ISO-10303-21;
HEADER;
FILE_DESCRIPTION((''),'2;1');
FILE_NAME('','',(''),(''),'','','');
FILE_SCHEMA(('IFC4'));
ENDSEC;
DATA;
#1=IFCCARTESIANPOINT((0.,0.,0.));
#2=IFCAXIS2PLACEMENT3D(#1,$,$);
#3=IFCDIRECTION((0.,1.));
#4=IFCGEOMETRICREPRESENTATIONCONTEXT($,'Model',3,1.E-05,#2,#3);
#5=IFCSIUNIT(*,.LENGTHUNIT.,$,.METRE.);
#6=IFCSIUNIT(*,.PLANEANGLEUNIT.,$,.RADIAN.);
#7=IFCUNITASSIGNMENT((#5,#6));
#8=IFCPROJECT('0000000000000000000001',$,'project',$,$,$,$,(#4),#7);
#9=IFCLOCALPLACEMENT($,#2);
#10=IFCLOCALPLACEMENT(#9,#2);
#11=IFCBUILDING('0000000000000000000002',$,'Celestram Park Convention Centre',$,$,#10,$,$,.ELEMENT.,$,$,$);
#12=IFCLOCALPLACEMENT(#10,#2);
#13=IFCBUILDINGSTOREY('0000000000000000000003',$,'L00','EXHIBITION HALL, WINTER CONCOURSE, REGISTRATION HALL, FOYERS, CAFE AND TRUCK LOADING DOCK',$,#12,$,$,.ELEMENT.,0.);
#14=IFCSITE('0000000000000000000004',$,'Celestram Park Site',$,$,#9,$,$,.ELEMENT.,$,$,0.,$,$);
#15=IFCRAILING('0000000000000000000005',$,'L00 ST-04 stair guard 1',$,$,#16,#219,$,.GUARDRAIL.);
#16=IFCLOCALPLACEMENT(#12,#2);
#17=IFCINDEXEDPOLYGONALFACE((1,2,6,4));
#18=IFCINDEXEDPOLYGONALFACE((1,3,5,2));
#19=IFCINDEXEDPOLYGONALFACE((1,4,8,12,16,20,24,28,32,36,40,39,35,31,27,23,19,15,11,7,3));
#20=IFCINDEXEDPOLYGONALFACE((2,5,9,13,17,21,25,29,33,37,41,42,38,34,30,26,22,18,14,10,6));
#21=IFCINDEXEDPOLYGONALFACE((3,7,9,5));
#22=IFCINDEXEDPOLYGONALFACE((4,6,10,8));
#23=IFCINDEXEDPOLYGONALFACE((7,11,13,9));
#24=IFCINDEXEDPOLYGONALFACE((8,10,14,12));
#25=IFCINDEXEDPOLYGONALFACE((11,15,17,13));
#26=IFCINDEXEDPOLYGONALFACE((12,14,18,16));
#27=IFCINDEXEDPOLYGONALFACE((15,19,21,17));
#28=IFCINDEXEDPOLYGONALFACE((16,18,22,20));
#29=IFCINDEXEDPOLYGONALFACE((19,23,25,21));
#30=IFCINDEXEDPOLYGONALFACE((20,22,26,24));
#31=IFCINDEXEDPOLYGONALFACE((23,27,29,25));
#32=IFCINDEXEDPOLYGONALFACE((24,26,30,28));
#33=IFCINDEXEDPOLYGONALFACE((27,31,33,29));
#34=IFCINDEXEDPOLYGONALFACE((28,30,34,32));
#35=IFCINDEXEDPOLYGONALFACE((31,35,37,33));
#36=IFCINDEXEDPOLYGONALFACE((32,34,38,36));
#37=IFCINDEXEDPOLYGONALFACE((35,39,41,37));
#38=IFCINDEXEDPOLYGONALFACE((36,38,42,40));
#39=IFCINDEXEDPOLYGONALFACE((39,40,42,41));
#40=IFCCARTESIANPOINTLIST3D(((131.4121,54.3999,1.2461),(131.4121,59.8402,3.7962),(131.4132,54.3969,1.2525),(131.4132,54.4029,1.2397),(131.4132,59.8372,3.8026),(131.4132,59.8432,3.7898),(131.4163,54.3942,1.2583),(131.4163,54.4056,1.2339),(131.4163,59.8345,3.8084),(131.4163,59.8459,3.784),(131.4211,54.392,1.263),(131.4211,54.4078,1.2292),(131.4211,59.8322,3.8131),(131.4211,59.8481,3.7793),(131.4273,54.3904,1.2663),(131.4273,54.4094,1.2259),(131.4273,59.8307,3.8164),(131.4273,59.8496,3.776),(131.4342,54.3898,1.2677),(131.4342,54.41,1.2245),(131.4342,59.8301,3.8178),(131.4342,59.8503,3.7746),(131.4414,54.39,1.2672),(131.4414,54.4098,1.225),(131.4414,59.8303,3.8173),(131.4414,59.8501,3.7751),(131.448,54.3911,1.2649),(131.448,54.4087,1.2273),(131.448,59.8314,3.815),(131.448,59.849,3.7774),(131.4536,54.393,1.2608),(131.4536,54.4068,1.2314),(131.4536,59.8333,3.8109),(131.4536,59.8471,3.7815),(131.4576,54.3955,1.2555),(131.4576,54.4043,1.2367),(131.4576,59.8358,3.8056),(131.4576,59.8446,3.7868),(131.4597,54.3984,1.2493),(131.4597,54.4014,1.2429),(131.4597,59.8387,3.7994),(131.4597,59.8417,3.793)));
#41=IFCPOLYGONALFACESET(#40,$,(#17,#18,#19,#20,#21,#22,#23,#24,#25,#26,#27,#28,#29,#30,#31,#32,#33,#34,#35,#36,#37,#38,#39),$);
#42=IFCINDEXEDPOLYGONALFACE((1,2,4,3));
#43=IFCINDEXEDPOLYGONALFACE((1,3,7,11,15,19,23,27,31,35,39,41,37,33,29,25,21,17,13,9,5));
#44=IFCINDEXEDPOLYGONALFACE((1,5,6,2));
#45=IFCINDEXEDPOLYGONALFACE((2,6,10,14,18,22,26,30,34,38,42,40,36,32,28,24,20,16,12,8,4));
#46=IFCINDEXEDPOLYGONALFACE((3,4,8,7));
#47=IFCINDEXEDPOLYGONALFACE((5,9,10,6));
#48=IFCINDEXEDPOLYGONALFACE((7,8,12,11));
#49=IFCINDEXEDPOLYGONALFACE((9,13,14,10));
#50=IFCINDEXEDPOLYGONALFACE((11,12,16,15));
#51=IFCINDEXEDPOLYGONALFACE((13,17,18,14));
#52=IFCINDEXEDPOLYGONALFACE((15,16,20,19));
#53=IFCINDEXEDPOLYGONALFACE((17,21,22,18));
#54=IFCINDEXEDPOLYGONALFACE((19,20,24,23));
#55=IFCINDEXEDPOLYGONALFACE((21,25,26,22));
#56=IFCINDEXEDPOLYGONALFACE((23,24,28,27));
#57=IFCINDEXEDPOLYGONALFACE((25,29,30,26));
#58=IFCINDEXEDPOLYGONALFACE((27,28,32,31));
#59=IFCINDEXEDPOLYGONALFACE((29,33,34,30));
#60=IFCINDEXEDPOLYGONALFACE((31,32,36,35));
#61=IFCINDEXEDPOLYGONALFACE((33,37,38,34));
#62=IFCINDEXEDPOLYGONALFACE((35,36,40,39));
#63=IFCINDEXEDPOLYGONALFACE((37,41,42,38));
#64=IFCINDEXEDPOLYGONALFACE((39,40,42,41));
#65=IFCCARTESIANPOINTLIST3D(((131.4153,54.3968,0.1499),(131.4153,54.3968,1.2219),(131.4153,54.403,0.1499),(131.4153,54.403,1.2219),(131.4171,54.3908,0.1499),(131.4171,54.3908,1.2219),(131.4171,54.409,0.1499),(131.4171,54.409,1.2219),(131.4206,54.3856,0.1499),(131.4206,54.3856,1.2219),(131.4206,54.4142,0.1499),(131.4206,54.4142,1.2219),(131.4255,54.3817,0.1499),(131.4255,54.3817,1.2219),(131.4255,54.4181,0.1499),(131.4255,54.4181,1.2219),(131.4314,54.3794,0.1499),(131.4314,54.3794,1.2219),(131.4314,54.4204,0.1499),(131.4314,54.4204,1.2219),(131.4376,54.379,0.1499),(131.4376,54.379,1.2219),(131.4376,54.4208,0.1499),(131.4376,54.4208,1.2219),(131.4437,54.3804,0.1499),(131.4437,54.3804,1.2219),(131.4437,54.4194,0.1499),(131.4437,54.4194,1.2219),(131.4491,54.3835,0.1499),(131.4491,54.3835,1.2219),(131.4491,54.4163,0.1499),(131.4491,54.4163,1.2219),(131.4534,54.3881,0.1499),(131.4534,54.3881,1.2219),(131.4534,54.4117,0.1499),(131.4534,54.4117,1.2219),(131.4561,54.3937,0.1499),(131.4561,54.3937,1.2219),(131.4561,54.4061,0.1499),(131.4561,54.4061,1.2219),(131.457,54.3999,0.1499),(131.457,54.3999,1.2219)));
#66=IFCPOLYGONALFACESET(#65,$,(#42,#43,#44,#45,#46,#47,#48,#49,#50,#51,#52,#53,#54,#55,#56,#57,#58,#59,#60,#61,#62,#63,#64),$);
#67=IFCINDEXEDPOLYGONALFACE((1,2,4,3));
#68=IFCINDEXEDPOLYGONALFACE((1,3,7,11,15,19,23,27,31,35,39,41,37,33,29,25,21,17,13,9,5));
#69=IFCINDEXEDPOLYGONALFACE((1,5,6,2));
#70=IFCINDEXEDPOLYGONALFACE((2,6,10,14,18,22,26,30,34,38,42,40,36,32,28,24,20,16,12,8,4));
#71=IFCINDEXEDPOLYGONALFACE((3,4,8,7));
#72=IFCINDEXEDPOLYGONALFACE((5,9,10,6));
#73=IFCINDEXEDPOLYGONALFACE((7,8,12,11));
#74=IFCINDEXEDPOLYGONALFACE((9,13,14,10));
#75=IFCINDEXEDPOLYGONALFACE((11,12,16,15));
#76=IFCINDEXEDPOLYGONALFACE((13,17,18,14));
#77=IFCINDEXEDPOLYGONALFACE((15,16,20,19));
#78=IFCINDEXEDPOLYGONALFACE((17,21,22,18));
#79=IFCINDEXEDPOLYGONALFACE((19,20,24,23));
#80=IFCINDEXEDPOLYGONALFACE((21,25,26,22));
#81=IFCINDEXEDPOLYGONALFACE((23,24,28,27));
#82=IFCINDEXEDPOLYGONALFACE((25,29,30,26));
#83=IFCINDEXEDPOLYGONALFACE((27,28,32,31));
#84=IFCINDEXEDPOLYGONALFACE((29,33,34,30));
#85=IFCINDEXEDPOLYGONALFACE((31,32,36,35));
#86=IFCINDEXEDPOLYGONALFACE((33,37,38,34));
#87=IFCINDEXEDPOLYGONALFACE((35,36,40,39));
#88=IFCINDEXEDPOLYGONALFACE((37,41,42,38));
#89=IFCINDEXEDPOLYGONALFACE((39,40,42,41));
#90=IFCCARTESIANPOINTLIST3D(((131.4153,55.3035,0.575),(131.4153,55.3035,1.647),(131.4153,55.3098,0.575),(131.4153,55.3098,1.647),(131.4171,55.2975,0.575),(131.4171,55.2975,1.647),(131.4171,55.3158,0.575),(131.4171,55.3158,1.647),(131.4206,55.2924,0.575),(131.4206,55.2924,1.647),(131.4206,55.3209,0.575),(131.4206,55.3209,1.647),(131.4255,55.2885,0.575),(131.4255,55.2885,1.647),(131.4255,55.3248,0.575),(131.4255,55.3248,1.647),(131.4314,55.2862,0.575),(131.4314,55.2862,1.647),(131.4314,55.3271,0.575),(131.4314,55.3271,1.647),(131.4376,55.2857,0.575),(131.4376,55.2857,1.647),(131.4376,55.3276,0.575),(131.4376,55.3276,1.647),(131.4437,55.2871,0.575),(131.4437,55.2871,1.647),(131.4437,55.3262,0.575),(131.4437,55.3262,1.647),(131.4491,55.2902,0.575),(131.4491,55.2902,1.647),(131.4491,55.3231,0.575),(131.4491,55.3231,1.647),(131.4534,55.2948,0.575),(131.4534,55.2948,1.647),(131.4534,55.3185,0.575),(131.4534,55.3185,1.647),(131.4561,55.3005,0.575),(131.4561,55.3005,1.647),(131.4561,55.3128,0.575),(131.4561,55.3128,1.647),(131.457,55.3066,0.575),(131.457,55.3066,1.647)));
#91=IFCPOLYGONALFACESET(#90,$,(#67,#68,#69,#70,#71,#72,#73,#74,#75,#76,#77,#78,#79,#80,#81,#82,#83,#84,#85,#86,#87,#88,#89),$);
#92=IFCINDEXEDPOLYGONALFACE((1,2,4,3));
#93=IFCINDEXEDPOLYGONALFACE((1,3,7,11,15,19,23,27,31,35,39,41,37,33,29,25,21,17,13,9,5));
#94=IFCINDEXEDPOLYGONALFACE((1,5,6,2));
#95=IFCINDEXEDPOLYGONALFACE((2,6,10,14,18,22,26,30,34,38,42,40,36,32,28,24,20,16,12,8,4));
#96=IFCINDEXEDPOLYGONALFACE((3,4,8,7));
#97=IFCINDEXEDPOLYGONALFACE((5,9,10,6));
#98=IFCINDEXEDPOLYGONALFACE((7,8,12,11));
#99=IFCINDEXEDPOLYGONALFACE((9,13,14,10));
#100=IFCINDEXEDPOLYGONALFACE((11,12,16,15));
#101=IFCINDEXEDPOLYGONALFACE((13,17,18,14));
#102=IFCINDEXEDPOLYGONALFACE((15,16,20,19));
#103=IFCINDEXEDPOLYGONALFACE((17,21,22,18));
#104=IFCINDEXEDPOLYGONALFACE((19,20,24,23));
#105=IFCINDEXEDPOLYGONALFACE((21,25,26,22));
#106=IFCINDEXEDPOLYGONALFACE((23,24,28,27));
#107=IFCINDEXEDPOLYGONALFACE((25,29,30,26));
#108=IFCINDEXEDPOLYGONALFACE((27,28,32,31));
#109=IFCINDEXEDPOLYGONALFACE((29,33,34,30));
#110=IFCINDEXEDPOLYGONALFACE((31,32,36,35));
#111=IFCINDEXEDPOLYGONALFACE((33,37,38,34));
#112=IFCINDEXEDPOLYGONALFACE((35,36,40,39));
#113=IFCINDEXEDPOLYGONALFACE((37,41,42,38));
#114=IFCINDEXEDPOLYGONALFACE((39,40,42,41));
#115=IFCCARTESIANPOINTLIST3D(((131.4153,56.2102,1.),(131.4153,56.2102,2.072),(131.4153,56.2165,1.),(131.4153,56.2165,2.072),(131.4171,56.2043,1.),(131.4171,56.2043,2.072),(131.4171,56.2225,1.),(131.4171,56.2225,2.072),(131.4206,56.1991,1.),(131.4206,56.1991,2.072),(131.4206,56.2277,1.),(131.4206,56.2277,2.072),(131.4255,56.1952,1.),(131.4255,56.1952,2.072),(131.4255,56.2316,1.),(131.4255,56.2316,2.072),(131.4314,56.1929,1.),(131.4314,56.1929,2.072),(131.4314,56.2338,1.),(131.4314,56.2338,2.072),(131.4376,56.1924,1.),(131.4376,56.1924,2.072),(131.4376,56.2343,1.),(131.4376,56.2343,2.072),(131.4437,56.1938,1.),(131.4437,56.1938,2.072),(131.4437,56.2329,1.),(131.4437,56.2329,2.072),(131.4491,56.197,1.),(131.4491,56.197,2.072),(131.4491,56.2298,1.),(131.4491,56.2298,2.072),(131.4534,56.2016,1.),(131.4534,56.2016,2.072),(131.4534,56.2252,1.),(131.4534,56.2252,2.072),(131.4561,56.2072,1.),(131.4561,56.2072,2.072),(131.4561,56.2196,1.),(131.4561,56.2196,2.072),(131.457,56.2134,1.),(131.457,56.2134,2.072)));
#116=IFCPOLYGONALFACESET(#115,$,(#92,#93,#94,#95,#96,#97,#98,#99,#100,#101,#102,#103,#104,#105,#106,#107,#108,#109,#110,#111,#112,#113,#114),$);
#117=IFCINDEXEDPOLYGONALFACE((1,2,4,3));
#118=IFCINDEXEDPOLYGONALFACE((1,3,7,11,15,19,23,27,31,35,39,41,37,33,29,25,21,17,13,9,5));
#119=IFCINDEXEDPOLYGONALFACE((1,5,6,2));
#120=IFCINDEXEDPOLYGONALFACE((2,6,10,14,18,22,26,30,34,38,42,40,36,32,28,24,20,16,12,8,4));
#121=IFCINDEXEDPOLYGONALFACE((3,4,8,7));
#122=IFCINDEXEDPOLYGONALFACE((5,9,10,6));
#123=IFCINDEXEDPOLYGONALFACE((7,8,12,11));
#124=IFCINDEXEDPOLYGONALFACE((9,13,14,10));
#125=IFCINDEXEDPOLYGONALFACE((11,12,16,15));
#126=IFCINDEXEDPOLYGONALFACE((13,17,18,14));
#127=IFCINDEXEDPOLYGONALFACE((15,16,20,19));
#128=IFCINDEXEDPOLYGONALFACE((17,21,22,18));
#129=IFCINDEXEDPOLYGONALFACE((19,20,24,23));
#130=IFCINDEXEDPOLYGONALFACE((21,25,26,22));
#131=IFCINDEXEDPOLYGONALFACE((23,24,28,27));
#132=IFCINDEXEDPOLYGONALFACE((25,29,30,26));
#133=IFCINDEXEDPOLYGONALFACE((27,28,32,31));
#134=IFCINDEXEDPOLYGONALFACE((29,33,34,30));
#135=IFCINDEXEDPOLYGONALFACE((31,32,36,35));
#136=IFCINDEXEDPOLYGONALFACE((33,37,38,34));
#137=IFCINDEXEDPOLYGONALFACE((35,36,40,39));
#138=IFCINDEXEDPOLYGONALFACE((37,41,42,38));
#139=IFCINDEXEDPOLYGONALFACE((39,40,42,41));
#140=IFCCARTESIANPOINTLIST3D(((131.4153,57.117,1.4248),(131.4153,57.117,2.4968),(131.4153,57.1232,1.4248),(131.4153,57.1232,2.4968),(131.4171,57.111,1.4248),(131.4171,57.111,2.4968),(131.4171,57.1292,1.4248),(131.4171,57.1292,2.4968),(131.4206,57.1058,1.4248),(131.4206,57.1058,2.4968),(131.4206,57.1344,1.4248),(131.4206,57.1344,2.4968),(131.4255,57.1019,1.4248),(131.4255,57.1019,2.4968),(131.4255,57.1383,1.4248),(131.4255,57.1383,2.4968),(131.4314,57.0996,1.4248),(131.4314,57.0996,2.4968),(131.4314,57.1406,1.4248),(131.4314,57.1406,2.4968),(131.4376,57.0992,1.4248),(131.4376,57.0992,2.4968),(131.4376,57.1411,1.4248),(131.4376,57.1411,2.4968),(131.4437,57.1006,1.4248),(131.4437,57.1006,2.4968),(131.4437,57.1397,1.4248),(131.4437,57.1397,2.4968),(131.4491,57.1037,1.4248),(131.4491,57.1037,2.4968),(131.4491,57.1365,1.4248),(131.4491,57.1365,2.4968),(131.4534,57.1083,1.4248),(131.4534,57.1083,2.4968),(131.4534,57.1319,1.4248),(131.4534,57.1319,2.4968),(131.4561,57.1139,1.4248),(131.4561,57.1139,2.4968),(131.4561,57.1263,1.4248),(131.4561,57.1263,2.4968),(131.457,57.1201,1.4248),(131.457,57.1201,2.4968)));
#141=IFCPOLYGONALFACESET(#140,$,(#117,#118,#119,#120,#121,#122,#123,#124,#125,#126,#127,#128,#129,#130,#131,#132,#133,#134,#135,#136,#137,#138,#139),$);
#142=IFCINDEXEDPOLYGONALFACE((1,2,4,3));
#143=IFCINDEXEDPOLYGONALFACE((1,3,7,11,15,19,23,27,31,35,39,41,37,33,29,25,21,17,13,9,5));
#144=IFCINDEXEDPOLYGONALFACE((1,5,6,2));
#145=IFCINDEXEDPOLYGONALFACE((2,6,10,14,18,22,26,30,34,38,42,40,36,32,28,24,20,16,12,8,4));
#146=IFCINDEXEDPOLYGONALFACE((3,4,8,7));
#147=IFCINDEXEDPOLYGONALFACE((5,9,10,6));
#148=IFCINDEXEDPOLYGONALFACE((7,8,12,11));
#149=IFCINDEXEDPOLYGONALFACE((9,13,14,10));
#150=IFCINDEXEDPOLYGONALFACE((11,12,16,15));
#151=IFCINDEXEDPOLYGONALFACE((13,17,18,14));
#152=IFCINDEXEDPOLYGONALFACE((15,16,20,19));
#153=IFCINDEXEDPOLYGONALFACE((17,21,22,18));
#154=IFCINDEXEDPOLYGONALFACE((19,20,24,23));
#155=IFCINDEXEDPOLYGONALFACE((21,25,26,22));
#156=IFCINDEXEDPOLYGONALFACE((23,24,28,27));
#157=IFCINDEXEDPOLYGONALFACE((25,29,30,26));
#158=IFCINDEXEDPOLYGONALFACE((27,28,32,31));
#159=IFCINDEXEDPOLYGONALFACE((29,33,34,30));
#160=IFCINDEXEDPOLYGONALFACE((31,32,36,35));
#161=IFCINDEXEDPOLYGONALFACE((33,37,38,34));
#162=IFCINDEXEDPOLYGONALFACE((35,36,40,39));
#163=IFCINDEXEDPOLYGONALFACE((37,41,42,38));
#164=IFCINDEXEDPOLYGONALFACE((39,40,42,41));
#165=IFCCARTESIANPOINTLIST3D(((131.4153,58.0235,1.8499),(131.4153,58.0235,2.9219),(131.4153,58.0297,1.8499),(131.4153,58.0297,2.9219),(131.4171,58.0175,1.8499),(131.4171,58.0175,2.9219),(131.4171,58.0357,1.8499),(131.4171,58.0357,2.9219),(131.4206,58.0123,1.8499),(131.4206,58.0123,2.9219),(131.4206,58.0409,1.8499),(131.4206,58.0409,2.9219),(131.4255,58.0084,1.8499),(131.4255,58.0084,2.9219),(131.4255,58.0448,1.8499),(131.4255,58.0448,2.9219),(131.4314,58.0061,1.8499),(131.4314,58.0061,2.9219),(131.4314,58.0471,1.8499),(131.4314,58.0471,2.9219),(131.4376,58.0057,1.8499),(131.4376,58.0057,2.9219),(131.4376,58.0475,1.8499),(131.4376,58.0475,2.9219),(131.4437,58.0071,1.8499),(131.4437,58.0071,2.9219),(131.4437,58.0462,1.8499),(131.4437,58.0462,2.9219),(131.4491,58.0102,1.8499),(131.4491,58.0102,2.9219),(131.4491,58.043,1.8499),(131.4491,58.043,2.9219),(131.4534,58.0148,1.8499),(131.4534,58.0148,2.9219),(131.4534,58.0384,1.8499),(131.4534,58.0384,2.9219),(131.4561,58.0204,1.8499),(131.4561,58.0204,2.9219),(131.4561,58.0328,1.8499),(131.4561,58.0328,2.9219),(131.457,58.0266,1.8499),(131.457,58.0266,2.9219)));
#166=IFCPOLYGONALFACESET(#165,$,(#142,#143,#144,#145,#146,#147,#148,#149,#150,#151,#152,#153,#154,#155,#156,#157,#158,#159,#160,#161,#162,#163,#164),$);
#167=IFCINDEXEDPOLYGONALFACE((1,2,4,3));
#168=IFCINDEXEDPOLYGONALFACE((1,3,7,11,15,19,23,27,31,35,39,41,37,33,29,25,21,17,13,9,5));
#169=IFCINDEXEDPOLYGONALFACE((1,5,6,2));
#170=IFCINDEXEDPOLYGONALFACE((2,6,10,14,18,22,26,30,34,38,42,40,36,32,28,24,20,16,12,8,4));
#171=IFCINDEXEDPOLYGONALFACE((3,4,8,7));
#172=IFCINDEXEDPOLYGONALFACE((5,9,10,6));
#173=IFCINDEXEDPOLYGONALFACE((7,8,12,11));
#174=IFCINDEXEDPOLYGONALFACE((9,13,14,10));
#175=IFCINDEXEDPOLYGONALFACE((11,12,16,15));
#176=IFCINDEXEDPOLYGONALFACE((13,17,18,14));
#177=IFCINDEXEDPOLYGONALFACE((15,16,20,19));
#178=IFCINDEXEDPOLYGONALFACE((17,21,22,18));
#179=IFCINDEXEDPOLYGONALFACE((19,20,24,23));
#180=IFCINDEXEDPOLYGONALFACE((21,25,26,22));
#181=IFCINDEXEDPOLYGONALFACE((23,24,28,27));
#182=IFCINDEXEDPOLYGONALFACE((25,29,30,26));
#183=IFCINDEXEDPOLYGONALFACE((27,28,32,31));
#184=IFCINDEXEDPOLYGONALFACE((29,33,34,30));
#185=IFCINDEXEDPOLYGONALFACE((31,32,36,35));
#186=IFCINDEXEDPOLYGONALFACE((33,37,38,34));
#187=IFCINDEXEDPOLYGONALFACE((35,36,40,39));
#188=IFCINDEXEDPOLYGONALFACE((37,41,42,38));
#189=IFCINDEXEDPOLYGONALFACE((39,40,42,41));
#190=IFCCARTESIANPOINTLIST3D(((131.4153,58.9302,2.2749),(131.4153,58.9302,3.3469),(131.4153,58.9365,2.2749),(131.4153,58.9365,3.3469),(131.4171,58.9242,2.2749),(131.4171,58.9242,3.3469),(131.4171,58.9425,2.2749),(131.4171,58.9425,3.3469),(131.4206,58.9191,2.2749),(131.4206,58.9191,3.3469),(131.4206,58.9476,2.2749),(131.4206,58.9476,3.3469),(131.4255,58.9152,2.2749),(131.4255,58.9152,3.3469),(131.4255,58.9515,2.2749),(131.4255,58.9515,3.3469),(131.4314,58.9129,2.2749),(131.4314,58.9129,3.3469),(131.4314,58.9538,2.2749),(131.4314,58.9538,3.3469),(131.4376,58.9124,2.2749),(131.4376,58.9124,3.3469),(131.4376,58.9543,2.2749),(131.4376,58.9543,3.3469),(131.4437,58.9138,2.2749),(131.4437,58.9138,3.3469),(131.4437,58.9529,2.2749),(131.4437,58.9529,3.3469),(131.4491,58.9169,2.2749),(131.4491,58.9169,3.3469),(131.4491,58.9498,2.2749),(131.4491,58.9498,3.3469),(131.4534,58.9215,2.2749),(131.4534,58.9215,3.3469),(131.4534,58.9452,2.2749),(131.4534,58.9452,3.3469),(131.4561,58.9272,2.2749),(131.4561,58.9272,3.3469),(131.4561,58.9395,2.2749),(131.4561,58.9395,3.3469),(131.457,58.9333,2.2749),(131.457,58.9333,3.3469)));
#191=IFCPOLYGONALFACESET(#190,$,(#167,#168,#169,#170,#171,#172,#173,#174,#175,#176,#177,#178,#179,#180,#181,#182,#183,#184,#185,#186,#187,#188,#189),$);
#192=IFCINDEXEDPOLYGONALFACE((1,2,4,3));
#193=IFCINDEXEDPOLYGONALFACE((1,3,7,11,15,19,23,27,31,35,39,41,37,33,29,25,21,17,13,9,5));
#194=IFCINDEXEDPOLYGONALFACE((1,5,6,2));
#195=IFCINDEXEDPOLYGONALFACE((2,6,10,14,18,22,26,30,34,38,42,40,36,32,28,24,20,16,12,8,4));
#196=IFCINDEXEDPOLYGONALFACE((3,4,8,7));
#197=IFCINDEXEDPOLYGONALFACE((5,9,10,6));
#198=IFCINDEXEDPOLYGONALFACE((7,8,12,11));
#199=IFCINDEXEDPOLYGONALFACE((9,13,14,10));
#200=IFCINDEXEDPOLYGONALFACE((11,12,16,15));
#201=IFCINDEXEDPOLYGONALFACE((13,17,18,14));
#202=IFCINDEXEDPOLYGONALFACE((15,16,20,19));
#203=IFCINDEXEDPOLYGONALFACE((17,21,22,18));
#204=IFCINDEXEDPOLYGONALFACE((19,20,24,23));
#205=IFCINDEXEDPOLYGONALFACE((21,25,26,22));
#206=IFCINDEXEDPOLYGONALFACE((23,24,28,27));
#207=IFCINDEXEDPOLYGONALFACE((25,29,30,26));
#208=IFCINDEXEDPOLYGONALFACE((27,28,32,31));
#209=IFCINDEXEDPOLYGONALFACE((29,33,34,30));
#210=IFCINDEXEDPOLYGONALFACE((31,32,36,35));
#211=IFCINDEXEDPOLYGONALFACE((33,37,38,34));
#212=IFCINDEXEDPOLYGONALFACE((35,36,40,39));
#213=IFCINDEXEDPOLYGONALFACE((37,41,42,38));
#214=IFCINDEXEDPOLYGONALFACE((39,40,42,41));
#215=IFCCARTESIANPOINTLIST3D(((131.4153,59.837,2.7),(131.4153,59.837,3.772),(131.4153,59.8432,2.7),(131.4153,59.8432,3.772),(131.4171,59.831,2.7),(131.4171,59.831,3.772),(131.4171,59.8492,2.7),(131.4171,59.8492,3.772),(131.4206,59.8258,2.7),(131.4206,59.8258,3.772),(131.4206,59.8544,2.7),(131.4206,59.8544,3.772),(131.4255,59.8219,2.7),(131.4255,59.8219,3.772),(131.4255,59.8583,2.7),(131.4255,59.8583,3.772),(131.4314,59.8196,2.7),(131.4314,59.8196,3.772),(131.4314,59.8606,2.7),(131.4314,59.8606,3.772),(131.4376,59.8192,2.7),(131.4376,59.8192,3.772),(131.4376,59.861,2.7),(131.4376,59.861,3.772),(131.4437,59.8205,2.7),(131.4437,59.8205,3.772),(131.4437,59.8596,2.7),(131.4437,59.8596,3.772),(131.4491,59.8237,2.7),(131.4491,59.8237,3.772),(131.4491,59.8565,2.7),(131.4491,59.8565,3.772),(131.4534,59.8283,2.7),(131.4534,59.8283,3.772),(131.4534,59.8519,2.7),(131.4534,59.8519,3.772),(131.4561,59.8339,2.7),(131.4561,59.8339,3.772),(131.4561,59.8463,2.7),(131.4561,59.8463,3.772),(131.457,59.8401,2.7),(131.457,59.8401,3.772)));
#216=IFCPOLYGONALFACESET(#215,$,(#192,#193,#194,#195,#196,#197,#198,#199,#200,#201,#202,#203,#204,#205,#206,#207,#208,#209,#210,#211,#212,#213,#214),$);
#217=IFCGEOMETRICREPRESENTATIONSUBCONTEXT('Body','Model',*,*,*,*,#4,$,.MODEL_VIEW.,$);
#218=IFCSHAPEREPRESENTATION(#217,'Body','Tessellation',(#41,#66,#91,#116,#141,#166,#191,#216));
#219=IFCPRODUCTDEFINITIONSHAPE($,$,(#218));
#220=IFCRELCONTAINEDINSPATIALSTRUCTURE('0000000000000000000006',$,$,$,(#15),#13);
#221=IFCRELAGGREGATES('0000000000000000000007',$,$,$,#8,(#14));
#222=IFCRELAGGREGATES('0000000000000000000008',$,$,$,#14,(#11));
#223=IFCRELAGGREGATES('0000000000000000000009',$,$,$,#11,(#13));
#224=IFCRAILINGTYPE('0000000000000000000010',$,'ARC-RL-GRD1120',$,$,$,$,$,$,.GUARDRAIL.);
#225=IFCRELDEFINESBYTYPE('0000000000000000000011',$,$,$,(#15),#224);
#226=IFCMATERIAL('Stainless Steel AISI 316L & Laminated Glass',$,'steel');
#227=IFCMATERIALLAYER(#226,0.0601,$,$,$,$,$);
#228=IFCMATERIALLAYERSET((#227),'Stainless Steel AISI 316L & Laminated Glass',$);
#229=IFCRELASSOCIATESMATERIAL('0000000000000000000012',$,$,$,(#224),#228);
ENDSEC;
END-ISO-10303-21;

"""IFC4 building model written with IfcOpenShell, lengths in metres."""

from ifc_helpers import new_model, si_unit, direction, frame, origin, origin_2d, place, context, subcontext, project, spatial, circle, extrude, material, layer, layer_set, type_object, element, save


model = new_model("IFC4")

# Units and contexts
model_context = context("Model", 3, precision=1e-05, world=origin(), true_north=direction((0.0, 1.0)))
body_context = subcontext(model_context, "Body", "Model", "MODEL_VIEW")
ifc_project = project(units=[si_unit("LENGTHUNIT", "METRE"), si_unit("PLANEANGLEUNIT", "RADIAN")], contexts=[model_context])

# Site, building, storey
site_placement = place(None, origin())
site = spatial("IfcSite", under=ifc_project, at=site_placement, Name="Celestram Park Site", CompositionType="ELEMENT", RefElevation=0.0)
building_placement = place(site_placement, origin())
building = spatial("IfcBuilding", under=site, at=building_placement, Name="Celestram Park Convention Centre", CompositionType="ELEMENT")
storey_placement = place(building_placement, origin())
storey = spatial("IfcBuildingStorey", under=building, at=storey_placement, Name="L00", Description="EXHIBITION HALL, WINTER CONCOURSE, REGISTRATION HALL, FOYERS, CAFE AND TRUCK LOADING DOCK", CompositionType="ELEMENT", Elevation=0.0)

# Railing
ifc_material_1 = material(Name="Stainless Steel AISI 316L & Laminated Glass", Category="steel")
ifc_layer_1 = layer(ifc_material_1, 0.0601)
ifc_layer_set_1 = layer_set([ifc_layer_1], Name="Stainless Steel AISI 316L & Laminated Glass")
railing_type_1 = type_object("IfcRailingType", Name="ARC-RL-GRD1120", PredefinedType="GUARDRAIL", material=ifc_layer_set_1)
railing_1_placement = place(storey_placement, frame((131.436, 54.3999, 0.1499)))
element("IfcRailing", 1, at=railing_1_placement, inside=storey, type_object=railing_type_1, Name="L00 ST-04 stair guard 1", PredefinedType="GUARDRAIL", context=body_context, shape_type="SweptSolid", body=[
    extrude(circle(Radius=0.0239, at=origin_2d()), frame((0.0, 0.0, 1.0962), z_axis=(0.0, 0.905461, 0.424429), x_axis=(-1.0, 0.0, 0.0)), (0.0, 0.0, 1.0), 6.0083),
    extrude(circle(Radius=0.021, at=origin_2d()), origin(), (0.0, 0.0, 1.0), 1.072),
    extrude(circle(Radius=0.021, at=origin_2d()), frame((0.0, 0.9067, 0.425)), (0.0, 0.0, 1.0), 1.072),
    extrude(circle(Radius=0.021, at=origin_2d()), frame((0.0, 1.8135, 0.8501)), (0.0, 0.0, 1.0), 1.072),
    extrude(circle(Radius=0.021, at=origin_2d()), frame((0.0, 2.7202, 1.2749)), (0.0, 0.0, 1.0), 1.072),
    extrude(circle(Radius=0.021, at=origin_2d()), frame((0.0, 3.6267, 1.7)), (0.0, 0.0, 1.0), 1.072),
    extrude(circle(Radius=0.021, at=origin_2d()), frame((0.0, 4.5334, 2.125)), (0.0, 0.0, 1.0), 1.072),
    extrude(circle(Radius=0.021, at=origin_2d()), frame((0.0, 5.4402, 2.55)), (0.0, 0.0, 1.0), 1.072),
])

save(model, "model.ifc")
